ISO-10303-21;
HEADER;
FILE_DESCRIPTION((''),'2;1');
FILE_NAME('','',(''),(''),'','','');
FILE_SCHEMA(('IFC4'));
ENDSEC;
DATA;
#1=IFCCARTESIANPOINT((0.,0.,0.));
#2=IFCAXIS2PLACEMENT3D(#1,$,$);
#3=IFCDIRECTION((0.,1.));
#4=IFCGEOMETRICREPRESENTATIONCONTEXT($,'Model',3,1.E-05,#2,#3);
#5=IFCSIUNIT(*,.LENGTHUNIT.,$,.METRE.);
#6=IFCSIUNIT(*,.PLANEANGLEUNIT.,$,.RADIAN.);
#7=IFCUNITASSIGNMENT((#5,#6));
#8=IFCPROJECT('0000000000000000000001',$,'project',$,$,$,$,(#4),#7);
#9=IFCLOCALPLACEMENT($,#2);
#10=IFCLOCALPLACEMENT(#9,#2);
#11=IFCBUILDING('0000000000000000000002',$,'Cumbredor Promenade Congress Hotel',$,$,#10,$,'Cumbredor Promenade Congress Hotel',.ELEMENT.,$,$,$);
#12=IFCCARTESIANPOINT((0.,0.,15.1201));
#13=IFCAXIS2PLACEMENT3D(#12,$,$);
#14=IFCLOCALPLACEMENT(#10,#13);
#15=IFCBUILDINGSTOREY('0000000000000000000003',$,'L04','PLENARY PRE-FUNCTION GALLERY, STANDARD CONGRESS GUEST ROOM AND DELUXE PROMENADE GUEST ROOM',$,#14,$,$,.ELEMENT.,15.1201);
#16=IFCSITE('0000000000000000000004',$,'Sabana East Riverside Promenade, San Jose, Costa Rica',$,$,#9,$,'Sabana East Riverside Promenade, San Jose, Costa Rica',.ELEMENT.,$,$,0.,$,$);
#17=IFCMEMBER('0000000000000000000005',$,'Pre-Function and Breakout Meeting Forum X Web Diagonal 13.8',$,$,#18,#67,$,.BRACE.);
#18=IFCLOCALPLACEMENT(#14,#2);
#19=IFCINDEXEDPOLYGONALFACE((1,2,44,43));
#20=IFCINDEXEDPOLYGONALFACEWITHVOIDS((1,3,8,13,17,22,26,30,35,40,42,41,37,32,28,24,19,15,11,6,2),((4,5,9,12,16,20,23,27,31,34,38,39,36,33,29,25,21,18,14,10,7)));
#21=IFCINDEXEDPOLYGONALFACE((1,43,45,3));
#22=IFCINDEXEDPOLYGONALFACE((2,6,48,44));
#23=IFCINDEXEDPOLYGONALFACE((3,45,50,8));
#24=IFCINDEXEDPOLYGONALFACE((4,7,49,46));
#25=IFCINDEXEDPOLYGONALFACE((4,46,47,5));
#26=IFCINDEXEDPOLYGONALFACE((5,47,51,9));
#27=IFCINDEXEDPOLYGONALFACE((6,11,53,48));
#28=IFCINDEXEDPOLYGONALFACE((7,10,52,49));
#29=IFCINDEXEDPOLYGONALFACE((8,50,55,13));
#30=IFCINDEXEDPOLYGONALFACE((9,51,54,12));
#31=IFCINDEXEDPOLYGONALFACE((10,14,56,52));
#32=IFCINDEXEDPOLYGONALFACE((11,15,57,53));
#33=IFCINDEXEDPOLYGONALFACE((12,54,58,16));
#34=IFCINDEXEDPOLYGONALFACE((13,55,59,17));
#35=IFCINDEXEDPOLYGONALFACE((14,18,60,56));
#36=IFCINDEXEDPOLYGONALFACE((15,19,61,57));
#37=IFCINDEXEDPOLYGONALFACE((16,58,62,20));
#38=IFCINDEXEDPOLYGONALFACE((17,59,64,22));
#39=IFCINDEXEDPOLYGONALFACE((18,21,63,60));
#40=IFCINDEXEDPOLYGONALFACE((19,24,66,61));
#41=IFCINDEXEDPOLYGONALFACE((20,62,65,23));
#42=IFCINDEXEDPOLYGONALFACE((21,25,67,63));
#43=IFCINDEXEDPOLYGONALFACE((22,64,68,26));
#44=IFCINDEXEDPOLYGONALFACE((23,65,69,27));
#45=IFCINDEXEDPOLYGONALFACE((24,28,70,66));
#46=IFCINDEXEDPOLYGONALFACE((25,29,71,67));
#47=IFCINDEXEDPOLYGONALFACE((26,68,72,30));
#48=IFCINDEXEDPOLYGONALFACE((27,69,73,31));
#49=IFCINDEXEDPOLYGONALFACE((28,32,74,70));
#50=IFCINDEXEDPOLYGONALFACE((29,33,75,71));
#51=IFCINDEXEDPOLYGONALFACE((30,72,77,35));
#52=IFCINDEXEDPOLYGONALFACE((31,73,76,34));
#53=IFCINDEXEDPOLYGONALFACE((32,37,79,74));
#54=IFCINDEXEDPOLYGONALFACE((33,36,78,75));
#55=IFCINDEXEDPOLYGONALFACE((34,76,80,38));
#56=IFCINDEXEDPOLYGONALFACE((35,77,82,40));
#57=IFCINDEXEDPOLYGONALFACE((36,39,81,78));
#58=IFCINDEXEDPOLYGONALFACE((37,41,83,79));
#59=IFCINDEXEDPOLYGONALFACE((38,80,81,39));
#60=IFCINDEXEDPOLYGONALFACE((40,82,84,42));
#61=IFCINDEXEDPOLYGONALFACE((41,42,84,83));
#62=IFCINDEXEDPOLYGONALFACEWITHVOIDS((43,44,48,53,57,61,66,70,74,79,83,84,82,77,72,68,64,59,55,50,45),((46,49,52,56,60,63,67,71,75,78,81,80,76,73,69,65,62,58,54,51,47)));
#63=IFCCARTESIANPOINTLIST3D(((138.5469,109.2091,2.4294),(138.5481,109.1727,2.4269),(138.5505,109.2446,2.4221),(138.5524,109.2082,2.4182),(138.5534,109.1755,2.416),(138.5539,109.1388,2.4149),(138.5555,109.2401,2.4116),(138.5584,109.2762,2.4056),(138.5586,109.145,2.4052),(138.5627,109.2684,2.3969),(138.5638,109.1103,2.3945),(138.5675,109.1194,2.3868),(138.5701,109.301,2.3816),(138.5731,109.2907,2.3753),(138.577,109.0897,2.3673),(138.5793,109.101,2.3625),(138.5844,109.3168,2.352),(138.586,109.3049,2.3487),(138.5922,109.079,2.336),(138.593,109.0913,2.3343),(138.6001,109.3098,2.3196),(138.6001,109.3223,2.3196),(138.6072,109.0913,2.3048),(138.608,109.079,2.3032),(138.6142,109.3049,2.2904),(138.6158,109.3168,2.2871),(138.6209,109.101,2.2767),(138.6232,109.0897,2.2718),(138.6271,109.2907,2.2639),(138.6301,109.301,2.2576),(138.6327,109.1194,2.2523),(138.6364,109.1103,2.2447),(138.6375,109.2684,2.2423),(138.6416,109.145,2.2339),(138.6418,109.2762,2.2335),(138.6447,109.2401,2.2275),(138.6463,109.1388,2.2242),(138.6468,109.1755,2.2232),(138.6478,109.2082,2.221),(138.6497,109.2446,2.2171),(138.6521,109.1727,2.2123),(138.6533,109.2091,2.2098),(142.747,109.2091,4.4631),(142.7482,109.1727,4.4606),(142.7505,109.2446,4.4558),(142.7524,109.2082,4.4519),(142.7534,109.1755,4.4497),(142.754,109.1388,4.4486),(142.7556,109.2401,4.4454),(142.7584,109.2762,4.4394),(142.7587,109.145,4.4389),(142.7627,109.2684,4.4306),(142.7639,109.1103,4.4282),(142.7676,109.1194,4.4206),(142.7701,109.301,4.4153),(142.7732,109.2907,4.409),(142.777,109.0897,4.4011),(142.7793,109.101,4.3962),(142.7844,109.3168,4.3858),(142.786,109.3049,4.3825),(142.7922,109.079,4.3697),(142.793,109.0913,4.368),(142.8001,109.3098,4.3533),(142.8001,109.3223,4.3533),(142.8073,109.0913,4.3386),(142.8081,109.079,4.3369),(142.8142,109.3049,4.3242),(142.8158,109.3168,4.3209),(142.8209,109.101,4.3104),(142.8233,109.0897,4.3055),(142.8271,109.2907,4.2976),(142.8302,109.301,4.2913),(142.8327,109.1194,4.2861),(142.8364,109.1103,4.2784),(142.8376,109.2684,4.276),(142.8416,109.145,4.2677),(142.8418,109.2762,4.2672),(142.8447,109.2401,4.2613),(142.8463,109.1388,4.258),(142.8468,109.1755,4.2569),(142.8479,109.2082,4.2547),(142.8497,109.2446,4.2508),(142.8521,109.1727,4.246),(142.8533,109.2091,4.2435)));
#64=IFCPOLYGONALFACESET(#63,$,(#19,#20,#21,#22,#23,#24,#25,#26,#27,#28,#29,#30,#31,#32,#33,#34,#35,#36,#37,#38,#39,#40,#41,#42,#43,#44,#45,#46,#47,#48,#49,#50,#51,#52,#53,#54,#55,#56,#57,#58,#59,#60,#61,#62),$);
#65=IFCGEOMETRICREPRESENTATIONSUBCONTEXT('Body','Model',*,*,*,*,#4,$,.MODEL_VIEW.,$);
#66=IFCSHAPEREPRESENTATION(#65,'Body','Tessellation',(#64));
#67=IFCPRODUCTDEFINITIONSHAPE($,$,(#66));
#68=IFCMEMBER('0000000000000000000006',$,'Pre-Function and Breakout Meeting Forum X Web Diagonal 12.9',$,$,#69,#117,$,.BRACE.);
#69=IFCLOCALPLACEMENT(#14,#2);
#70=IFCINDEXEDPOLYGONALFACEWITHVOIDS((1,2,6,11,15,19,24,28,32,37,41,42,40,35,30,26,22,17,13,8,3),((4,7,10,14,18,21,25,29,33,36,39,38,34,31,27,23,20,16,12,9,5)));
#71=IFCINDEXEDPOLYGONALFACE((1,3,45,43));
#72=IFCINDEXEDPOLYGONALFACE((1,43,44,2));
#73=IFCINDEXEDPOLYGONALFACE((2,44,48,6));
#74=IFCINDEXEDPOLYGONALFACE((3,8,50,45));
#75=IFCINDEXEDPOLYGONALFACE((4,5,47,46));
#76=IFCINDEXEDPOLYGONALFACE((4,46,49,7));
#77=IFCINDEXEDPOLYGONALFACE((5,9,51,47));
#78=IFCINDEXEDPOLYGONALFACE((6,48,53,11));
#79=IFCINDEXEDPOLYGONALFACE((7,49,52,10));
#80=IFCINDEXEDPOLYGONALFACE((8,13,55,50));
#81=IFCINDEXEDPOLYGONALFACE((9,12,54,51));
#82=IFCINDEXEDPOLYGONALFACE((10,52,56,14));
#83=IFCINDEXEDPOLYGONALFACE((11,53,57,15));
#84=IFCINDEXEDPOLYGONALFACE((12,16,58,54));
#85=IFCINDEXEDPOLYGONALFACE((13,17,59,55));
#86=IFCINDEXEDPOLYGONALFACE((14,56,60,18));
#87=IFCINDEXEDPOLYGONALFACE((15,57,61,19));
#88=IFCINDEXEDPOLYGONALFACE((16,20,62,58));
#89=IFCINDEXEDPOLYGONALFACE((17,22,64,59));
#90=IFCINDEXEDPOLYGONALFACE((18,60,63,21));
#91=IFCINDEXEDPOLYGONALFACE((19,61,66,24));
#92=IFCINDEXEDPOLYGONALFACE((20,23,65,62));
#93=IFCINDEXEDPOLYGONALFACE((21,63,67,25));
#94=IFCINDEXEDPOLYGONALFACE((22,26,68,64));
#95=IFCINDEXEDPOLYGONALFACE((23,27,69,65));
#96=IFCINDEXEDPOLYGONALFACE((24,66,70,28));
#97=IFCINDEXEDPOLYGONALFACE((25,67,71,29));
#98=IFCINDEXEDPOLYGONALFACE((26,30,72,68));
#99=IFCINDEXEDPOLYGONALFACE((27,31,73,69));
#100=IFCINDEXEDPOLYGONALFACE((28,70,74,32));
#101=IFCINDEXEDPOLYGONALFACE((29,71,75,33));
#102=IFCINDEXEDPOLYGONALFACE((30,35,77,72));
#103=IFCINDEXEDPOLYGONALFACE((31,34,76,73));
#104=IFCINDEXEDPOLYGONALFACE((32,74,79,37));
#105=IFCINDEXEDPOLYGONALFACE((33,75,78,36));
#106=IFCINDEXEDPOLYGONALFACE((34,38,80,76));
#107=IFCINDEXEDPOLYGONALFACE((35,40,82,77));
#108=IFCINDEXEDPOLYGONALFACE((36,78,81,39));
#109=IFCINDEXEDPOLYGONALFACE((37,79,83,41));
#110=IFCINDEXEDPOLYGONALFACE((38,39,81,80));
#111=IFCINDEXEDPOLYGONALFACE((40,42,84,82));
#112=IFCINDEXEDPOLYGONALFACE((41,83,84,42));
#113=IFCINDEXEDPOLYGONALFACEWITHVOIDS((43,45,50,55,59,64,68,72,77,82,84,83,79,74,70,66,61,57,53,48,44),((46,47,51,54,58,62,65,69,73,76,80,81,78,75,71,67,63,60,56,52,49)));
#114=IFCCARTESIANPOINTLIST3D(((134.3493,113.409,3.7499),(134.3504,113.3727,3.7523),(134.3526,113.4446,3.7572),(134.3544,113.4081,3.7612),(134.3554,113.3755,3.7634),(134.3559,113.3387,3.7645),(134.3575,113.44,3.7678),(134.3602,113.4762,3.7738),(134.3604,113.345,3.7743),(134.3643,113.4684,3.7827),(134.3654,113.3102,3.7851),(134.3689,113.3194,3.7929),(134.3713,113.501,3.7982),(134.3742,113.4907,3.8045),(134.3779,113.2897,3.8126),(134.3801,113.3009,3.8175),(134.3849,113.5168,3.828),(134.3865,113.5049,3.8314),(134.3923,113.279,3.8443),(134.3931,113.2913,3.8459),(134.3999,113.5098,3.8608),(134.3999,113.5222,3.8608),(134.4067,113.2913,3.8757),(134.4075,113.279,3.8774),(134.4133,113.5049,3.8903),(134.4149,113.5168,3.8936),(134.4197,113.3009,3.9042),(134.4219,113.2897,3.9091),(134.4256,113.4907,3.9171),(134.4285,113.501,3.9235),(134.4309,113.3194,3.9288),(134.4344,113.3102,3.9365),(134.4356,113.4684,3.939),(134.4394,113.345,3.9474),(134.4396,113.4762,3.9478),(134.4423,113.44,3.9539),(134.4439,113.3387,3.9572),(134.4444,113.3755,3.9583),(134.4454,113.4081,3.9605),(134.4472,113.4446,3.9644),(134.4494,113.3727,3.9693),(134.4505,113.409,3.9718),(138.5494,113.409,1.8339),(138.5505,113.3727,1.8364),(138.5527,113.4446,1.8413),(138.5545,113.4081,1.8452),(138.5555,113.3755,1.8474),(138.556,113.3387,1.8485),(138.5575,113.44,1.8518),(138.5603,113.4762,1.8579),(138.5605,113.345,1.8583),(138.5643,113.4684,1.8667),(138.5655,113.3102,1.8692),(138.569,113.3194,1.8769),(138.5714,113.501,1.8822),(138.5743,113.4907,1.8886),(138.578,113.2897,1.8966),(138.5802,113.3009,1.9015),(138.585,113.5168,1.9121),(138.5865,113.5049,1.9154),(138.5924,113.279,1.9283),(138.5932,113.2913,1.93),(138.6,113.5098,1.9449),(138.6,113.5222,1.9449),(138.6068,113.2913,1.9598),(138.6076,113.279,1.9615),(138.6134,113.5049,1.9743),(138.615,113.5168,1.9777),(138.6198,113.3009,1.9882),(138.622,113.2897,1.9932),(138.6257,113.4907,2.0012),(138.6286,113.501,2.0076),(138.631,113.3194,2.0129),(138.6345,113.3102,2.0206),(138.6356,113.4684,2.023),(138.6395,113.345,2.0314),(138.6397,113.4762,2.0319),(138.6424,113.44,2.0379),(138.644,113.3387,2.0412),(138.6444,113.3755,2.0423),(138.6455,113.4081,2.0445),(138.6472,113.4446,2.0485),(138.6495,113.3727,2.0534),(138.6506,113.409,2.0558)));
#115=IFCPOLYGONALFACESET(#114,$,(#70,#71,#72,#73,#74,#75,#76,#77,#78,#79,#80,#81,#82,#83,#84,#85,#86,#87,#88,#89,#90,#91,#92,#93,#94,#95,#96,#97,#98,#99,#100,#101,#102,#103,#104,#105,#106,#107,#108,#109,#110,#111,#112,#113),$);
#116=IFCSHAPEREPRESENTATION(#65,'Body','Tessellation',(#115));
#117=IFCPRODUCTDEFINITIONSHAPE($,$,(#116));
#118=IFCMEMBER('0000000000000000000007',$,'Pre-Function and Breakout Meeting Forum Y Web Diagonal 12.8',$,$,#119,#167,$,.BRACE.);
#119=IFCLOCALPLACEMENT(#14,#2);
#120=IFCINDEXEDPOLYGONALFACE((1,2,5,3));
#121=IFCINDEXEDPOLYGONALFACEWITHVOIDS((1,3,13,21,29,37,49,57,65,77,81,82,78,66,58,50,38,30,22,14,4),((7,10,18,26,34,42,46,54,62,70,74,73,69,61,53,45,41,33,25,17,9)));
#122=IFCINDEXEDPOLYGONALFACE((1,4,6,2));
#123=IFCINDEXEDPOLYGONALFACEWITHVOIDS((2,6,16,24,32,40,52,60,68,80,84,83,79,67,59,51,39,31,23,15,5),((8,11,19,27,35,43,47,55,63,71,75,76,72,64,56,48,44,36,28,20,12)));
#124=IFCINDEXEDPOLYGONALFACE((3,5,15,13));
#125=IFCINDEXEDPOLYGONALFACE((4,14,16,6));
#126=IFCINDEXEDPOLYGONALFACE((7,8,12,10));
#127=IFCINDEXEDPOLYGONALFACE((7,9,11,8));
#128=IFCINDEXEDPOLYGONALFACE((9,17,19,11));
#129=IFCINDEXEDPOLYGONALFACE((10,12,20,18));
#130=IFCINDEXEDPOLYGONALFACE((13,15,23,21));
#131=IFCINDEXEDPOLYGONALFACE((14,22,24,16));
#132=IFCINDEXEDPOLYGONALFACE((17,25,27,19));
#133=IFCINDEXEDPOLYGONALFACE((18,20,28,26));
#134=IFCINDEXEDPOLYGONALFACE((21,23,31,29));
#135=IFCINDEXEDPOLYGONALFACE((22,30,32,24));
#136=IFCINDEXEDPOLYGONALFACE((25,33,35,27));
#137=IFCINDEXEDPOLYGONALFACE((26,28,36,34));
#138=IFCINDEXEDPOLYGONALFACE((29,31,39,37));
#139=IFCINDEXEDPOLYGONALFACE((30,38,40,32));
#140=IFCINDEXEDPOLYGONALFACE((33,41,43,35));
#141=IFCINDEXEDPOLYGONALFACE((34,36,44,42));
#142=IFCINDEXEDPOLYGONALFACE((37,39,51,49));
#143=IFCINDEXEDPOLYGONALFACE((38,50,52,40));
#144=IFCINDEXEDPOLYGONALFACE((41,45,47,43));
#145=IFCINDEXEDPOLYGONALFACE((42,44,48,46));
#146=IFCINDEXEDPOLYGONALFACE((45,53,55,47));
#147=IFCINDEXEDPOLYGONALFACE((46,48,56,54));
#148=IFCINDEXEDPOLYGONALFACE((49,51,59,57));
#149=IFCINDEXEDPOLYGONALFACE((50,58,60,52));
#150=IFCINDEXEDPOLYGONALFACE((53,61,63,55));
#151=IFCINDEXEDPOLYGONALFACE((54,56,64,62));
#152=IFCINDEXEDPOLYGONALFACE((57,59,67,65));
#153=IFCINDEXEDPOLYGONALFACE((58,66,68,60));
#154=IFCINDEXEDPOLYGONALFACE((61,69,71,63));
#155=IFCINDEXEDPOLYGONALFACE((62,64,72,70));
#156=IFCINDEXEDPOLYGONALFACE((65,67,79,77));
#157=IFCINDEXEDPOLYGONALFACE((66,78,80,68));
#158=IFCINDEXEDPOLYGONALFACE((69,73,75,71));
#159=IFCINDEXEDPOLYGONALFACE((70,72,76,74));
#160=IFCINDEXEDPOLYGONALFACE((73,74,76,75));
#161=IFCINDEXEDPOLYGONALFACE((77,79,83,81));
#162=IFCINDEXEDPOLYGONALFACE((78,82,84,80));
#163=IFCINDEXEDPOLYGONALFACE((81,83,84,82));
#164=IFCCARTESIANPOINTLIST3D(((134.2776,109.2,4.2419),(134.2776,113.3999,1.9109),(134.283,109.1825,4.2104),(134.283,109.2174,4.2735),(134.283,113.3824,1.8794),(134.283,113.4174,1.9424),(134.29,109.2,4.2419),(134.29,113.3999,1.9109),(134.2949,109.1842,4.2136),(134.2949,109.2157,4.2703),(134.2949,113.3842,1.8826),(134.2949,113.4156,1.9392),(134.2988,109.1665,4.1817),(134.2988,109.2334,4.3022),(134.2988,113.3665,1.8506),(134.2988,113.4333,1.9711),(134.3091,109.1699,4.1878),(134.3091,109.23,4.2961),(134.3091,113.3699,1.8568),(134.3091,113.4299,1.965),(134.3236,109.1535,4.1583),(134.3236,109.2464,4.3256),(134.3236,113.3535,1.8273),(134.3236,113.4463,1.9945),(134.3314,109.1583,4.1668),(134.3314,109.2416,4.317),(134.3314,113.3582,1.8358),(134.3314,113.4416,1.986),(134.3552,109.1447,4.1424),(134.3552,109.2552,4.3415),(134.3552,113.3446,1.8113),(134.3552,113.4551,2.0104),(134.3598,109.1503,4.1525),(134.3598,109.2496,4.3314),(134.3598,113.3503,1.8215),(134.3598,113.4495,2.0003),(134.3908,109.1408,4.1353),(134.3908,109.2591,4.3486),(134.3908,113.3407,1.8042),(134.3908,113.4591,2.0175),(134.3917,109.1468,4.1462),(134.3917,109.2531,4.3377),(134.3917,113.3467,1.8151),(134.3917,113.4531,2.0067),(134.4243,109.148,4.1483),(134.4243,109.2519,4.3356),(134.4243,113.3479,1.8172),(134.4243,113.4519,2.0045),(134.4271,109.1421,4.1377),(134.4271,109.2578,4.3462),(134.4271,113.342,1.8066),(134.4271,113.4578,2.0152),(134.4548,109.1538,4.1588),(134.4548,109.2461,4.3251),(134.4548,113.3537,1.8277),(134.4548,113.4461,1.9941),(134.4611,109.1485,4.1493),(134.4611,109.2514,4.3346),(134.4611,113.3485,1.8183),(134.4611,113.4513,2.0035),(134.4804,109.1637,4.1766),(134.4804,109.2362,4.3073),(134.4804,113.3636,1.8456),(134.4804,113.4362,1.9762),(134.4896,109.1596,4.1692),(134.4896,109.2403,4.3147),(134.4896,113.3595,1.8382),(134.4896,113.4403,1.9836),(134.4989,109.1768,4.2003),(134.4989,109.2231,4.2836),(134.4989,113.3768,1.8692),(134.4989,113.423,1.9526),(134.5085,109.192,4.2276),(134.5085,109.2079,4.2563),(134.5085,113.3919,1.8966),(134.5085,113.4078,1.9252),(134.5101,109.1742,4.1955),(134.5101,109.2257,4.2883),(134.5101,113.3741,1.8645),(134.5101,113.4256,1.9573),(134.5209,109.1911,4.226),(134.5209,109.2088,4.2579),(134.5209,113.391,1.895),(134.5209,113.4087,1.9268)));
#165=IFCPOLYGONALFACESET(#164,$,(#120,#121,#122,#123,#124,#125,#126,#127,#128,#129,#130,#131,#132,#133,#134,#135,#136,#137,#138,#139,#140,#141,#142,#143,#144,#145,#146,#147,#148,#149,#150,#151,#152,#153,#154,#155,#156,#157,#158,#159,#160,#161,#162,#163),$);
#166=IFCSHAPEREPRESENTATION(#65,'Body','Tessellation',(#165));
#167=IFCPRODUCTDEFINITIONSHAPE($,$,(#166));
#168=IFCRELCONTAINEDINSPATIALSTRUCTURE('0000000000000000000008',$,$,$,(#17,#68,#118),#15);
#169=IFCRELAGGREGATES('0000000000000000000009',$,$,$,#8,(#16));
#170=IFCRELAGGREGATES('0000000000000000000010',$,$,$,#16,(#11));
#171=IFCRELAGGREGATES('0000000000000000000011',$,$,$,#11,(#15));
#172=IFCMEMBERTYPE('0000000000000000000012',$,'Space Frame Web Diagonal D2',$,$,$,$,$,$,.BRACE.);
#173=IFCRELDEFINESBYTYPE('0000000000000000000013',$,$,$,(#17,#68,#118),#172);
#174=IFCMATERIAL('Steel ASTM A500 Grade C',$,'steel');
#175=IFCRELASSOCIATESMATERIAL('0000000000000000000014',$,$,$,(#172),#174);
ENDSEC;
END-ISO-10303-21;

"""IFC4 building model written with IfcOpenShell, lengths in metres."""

from ifc_helpers import new_model, si_unit, direction, frame, origin, origin_2d, place, context, subcontext, project, spatial, hollow_circle, extrude, material, material_profile, profile_set, type_object, element, save


model = new_model("IFC4")

# Units and contexts
model_context = context("Model", 3, precision=1e-05, world=origin(), true_north=direction((0.0, 1.0)))
body_context = subcontext(model_context, "Body", "Model", "MODEL_VIEW")
ifc_project = project(units=[si_unit("LENGTHUNIT", "METRE"), si_unit("PLANEANGLEUNIT", "RADIAN")], contexts=[model_context])

# Site, building, storey
site_placement = place(None, origin())
site = spatial("IfcSite", under=ifc_project, at=site_placement, Name="Sabana East Riverside Promenade, San Jose, Costa Rica", LongName="Sabana East Riverside Promenade, San Jose, Costa Rica", CompositionType="ELEMENT", RefElevation=0.0)
building_placement = place(site_placement, origin())
building = spatial("IfcBuilding", under=site, at=building_placement, Name="Cumbredor Promenade Congress Hotel", LongName="Cumbredor Promenade Congress Hotel", CompositionType="ELEMENT")
storey_placement = place(building_placement, frame((0.0, 0.0, 15.1201)))
storey = spatial("IfcBuildingStorey", under=building, at=storey_placement, Name="L04", Description="PLENARY PRE-FUNCTION GALLERY, STANDARD CONGRESS GUEST ROOM AND DELUXE PROMENADE GUEST ROOM", CompositionType="ELEMENT", Elevation=15.1201)

# Members
ifc_material_1 = material(Name="Steel ASTM A500 Grade C", Category="steel")
ifc_material_profile_1 = material_profile(ifc_material_1, hollow_circle(Radius=0.1223, WallThickness=0.0125, at=origin_2d()), Name="CHS 244.5x12.5")
ifc_profile_set_1 = profile_set([ifc_material_profile_1], Name="Steel ASTM A500 Grade C")
member_type_1 = type_object("IfcMemberType", Name="Space Frame Web Diagonal D2", PredefinedType="BRACE", material=ifc_profile_set_1)
member_1_placement = place(storey_placement, frame((138.6001, 109.2, 2.3196), z_axis=(0.900037, 0.0, 0.435814), x_axis=(0.0, 1.0, 0.0)))
element("IfcMember", 1, at=member_1_placement, inside=storey, type_object=member_type_1, Name="Pre-Function and Breakout Meeting Forum X Web Diagonal 13.8", PredefinedType="BRACE", context=body_context, shape_type="SweptSolid", body=[
    extrude(hollow_circle(Radius=0.1223, WallThickness=0.0125, at=origin_2d()), origin(), (0.0, 0.0, 1.0), 4.6665),
])
member_2_placement = place(storey_placement, frame((134.3999, 113.3999, 3.8608), z_axis=(0.909808, 0.0, -0.41503), x_axis=(0.0, 1.0, 0.0)))
element("IfcMember", 2, at=member_2_placement, inside=storey, type_object=member_type_1, Name="Pre-Function and Breakout Meeting Forum X Web Diagonal 12.9", PredefinedType="BRACE", context=body_context, shape_type="SweptSolid", body=[
    extrude(hollow_circle(Radius=0.1223, WallThickness=0.0125, at=origin_2d()), origin(), (0.0, 0.0, 1.0), 4.6165),
])
member_3_placement = place(storey_placement, frame((134.3999, 109.2, 4.2419), z_axis=(0.0, 0.874356, -0.485285), x_axis=(-1.0, 0.0, 0.0)))
element("IfcMember", 3, at=member_3_placement, inside=storey, type_object=member_type_1, Name="Pre-Function and Breakout Meeting Forum Y Web Diagonal 12.8", PredefinedType="BRACE", context=body_context, shape_type="SweptSolid", body=[
    extrude(hollow_circle(Radius=0.1223, WallThickness=0.0125, at=origin_2d()), origin(), (0.0, 0.0, 1.0), 4.8035),
])

save(model, "model.ifc")
